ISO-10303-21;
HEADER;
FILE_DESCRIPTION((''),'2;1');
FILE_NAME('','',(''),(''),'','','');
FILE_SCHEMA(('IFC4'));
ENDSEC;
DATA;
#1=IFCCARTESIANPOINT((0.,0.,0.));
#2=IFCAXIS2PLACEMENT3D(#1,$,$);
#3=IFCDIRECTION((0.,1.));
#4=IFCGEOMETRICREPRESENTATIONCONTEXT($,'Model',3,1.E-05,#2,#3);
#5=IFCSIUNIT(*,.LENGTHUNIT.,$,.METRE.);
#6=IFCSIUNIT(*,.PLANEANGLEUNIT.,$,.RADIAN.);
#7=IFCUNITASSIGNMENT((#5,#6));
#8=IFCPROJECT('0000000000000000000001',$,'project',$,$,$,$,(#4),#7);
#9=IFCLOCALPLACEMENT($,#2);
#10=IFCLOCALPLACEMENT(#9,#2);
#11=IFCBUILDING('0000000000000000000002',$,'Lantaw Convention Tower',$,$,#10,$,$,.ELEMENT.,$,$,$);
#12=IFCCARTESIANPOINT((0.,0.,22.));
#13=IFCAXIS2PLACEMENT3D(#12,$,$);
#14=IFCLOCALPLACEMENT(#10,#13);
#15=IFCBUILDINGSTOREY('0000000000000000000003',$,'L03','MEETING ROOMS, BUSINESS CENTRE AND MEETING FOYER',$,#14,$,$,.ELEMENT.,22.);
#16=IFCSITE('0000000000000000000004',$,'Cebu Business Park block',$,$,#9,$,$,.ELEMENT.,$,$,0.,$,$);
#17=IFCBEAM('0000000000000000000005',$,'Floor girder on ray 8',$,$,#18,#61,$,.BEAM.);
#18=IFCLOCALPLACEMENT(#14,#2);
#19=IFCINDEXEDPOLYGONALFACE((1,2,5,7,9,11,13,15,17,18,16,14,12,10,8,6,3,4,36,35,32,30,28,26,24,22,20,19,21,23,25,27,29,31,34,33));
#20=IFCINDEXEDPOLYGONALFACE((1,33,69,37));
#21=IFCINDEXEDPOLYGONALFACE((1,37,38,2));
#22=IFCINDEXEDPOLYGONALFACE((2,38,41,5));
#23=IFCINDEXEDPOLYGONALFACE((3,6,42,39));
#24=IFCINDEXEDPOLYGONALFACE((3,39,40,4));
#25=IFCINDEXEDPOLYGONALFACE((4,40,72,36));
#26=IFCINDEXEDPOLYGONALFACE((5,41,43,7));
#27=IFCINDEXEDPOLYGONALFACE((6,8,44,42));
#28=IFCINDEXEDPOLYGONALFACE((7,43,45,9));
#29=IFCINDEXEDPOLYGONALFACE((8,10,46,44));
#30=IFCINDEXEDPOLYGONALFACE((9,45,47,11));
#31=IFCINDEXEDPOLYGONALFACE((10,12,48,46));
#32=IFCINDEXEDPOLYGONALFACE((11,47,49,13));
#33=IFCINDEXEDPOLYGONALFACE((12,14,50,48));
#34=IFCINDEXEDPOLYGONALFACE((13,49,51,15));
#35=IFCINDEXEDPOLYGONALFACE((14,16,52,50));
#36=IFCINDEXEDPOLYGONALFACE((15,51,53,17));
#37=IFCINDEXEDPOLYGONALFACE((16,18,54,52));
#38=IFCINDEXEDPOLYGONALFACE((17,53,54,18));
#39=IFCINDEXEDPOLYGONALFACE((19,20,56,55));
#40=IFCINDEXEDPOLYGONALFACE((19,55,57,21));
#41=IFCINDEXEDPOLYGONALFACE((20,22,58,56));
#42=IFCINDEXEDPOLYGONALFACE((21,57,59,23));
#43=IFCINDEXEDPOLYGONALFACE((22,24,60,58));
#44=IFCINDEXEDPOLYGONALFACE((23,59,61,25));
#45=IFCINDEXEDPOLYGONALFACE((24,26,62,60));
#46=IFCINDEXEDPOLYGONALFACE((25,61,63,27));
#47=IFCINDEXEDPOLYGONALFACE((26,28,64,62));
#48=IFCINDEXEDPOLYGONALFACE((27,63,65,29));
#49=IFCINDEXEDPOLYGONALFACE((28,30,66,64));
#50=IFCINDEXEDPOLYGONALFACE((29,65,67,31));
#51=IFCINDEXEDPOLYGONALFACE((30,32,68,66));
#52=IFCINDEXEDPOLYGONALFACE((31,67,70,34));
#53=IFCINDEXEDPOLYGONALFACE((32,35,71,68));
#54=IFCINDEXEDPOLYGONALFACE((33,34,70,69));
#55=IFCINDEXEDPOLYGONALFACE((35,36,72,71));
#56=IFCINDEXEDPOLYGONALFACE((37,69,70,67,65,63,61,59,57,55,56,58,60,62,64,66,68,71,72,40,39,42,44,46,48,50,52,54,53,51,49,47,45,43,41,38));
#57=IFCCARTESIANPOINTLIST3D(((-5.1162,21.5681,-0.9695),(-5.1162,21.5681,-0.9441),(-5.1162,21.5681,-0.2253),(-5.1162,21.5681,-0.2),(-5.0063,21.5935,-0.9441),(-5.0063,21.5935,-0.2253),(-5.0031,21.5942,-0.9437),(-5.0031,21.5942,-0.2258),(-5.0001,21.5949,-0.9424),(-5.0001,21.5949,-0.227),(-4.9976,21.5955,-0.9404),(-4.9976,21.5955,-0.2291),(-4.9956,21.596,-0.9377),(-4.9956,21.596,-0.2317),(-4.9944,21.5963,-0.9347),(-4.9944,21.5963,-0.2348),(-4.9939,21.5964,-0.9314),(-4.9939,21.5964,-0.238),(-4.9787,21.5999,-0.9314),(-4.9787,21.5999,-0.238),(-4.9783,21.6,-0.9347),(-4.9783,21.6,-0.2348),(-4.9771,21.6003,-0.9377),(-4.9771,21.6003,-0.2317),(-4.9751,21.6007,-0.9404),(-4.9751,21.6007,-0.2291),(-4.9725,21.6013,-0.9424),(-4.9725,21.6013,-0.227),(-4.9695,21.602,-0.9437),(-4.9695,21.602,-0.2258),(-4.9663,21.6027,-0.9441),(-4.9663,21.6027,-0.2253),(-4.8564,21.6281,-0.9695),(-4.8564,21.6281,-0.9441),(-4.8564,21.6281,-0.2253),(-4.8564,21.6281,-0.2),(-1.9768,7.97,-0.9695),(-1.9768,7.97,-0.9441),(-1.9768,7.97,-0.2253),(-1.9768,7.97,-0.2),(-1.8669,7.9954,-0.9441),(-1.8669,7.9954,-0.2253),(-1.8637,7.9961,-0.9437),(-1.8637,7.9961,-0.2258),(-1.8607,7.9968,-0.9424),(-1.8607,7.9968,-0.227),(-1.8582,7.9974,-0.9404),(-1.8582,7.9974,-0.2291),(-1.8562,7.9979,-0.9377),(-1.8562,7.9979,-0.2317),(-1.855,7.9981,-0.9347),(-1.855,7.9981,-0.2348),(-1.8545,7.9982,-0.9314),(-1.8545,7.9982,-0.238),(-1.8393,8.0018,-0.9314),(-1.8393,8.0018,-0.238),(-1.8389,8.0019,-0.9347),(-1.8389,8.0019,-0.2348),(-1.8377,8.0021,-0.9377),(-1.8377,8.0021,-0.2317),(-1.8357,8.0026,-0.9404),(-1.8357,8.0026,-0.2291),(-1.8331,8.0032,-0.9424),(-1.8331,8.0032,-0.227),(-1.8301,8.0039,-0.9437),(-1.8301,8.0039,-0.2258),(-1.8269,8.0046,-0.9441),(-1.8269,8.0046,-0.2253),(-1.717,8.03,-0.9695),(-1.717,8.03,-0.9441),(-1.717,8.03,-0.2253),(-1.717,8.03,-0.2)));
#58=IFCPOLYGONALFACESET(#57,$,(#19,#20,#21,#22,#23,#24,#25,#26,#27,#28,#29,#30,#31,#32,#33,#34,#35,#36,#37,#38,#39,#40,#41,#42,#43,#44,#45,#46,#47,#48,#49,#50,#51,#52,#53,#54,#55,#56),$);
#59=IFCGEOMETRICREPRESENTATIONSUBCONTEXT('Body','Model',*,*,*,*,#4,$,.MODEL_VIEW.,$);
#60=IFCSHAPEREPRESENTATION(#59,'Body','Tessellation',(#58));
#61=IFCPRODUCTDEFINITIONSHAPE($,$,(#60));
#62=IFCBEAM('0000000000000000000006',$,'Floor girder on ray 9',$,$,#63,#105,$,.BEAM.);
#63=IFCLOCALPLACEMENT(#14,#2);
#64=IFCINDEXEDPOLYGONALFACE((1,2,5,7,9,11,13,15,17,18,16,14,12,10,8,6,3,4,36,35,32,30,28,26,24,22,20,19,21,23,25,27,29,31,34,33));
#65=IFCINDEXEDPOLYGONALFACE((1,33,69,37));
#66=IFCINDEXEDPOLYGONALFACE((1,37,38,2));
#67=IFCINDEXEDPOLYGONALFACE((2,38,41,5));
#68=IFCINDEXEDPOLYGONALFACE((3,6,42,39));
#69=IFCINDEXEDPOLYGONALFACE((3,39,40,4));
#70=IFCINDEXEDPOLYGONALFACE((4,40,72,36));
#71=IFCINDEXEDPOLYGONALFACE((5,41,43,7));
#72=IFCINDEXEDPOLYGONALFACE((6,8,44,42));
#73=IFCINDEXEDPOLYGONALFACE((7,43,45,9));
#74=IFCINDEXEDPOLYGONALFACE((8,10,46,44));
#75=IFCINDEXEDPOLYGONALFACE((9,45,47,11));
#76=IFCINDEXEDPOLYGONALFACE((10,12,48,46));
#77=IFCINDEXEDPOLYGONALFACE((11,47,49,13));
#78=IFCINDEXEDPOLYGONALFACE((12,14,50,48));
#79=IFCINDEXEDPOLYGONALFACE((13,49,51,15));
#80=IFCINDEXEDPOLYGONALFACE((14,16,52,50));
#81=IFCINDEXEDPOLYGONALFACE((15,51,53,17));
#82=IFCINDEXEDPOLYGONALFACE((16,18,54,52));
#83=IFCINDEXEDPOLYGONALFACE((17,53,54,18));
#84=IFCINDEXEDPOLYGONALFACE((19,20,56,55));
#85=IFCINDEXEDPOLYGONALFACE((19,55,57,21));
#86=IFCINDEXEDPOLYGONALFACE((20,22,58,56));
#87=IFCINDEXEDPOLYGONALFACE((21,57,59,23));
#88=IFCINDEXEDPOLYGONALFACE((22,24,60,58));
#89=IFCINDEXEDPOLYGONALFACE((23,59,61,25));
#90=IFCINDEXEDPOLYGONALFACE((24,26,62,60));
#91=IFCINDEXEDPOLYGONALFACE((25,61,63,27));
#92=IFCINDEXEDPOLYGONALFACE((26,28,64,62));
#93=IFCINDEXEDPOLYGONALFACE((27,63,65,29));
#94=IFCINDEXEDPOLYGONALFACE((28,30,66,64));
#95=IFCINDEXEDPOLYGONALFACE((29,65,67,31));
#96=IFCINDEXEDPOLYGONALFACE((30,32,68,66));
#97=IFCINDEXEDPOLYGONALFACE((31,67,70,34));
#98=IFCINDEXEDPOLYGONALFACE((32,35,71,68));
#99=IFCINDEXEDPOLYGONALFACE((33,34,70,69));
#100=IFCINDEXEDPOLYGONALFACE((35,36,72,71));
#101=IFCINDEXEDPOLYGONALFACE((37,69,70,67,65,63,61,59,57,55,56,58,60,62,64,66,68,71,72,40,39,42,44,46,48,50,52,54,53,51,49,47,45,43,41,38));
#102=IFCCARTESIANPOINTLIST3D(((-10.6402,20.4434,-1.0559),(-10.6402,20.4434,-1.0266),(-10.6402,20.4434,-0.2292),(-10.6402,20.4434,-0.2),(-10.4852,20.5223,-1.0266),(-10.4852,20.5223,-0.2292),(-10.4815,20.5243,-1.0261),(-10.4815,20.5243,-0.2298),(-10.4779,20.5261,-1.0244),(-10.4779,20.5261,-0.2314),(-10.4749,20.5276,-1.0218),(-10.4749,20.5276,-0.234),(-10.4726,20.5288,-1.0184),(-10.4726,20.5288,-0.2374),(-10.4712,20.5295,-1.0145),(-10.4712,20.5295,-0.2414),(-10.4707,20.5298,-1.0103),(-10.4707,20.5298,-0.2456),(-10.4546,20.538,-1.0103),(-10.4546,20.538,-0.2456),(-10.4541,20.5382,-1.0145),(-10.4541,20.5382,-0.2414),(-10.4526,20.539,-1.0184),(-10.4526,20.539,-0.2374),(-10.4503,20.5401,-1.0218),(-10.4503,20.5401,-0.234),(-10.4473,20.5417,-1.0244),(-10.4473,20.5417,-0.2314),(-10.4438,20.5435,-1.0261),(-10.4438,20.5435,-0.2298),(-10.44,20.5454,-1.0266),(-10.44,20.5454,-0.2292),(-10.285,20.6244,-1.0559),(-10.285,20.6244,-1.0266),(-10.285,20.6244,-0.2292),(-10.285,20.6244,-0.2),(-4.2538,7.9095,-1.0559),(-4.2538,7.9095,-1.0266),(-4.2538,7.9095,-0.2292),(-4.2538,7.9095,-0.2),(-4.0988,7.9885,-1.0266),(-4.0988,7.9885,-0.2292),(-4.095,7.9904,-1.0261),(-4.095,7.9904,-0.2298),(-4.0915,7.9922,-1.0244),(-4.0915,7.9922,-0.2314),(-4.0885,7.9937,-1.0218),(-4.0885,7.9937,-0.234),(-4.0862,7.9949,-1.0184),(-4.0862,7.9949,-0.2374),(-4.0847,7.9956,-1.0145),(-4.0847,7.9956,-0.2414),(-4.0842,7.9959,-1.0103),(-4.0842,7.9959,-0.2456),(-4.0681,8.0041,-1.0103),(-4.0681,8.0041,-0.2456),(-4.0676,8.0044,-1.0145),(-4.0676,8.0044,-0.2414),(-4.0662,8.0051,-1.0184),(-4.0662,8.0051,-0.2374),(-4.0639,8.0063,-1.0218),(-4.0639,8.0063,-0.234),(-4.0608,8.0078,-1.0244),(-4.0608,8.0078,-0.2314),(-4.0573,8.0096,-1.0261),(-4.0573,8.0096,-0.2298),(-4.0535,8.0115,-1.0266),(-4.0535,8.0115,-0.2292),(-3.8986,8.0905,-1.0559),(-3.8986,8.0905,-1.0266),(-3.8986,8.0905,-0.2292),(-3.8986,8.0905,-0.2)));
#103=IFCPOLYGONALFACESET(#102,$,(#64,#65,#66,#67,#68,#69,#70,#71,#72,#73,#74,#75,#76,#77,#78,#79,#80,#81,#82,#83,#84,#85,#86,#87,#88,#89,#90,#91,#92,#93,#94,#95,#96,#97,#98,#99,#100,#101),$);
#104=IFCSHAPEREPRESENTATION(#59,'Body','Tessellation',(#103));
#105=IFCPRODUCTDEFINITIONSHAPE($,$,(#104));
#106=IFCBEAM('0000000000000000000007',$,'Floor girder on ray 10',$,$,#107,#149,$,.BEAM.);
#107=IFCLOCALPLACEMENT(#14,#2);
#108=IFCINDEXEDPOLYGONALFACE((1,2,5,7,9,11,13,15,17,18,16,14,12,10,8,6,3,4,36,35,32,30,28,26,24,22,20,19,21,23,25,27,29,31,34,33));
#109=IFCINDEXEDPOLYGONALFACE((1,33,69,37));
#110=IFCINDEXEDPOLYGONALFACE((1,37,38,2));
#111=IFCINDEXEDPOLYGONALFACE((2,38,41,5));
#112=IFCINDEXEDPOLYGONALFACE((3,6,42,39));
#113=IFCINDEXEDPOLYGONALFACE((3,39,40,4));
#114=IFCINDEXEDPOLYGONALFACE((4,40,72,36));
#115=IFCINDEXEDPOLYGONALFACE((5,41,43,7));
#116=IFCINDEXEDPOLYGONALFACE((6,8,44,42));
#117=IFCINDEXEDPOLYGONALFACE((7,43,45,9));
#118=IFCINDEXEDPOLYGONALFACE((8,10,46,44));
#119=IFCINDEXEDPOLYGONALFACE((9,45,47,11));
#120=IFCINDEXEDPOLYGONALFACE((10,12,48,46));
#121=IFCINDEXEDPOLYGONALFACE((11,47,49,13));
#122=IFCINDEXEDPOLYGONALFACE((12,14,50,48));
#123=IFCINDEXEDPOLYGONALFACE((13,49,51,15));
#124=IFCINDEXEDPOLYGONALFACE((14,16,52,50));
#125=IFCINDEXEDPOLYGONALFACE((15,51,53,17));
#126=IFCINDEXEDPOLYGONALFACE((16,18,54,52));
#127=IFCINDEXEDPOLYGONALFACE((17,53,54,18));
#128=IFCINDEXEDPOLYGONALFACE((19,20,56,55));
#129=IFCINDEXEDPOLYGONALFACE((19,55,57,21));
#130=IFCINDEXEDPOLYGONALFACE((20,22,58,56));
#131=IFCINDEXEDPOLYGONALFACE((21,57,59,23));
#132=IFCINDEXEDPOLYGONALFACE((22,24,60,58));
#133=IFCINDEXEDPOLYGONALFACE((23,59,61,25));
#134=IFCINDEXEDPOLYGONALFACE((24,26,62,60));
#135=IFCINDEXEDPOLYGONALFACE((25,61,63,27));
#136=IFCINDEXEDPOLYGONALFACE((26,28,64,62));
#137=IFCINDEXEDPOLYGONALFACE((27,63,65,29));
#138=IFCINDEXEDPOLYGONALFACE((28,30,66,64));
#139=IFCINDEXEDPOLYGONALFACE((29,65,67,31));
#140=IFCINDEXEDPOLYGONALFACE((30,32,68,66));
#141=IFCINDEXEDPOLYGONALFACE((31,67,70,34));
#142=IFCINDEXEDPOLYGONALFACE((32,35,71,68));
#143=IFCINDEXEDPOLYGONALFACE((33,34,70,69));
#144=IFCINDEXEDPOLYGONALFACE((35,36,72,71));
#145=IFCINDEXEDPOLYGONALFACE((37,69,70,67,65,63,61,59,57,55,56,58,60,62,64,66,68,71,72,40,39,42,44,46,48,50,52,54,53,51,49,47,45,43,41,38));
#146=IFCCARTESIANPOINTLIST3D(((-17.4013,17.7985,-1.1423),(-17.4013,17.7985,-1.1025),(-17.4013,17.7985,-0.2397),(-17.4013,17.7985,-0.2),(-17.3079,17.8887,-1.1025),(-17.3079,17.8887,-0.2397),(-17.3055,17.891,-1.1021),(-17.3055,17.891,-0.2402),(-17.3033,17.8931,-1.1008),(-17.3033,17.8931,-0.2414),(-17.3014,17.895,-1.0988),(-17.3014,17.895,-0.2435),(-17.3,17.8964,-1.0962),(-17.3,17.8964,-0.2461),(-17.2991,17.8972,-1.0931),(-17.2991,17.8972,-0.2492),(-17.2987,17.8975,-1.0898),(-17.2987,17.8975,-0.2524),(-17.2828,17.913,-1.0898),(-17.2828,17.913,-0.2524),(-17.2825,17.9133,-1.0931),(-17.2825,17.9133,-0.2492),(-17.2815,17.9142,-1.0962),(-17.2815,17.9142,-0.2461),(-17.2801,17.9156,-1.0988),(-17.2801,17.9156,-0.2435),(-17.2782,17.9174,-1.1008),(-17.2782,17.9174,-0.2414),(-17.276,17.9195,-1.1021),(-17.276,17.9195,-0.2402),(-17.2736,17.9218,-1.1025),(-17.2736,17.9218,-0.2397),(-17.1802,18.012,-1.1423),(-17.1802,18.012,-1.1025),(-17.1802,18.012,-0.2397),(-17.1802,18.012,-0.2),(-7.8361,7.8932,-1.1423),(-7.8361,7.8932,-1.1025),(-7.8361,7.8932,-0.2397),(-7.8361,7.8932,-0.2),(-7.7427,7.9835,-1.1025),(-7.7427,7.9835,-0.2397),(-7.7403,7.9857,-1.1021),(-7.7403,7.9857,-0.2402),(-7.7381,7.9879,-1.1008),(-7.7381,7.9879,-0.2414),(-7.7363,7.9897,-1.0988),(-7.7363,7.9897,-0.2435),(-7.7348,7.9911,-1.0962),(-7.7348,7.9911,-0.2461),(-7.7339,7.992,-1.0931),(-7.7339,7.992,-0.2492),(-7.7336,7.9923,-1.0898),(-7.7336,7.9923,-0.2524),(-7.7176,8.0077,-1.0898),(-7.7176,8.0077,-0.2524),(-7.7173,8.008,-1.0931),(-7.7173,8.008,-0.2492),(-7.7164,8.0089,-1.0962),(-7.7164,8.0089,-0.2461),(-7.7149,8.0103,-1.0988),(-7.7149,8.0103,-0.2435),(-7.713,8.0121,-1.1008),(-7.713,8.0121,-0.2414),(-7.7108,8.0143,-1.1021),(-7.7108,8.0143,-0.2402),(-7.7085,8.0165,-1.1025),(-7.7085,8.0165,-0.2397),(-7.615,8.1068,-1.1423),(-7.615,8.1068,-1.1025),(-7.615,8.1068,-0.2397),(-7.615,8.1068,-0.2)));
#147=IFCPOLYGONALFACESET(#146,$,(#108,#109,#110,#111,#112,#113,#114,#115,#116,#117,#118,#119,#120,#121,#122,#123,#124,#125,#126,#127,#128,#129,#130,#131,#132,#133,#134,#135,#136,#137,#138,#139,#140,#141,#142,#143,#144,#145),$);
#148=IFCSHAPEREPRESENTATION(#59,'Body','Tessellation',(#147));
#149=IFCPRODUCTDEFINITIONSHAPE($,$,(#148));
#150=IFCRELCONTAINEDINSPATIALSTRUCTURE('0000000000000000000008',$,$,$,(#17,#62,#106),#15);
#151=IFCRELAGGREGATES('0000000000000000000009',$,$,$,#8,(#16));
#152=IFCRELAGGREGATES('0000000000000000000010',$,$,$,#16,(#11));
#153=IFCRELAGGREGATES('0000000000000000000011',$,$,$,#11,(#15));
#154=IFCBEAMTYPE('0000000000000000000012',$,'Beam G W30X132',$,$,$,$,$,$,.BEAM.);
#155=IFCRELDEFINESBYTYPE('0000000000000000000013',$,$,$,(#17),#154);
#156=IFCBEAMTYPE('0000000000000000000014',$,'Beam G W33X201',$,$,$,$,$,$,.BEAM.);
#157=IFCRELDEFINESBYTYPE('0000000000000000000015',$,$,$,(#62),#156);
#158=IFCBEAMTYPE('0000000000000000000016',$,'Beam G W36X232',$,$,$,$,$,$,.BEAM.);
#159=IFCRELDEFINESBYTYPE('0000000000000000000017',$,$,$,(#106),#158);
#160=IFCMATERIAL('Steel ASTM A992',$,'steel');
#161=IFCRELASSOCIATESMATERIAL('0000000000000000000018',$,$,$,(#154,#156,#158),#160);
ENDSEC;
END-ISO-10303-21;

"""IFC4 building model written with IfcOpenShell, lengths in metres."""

from ifc_helpers import new_model, si_unit, direction, frame, origin, origin_2d, place, context, subcontext, project, spatial, i_section, extrude, material, material_profile, profile_set, type_object, element, save


model = new_model("IFC4")

# Units and contexts
model_context = context("Model", 3, precision=1e-05, world=origin(), true_north=direction((0.0, 1.0)))
body_context = subcontext(model_context, "Body", "Model", "MODEL_VIEW")
ifc_project = project(units=[si_unit("LENGTHUNIT", "METRE"), si_unit("PLANEANGLEUNIT", "RADIAN")], contexts=[model_context])

# Site, building, storey
site_placement = place(None, origin())
site = spatial("IfcSite", under=ifc_project, at=site_placement, Name="Cebu Business Park block", CompositionType="ELEMENT", RefElevation=0.0)
building_placement = place(site_placement, origin())
building = spatial("IfcBuilding", under=site, at=building_placement, Name="Lantaw Convention Tower", CompositionType="ELEMENT")
storey_placement = place(building_placement, frame((0.0, 0.0, 22.0)))
storey = spatial("IfcBuildingStorey", under=building, at=storey_placement, Name="L03", Description="MEETING ROOMS, BUSINESS CENTRE AND MEETING FOYER", CompositionType="ELEMENT", Elevation=22.0)

# Beams
ifc_material_1 = material(Name="Steel ASTM A992", Category="steel")
ifc_material_profile_1 = material_profile(ifc_material_1, i_section(OverallWidth=0.2666, OverallDepth=0.7695, WebThickness=0.0156, FlangeThickness=0.0254, FilletRadius=0.0127, at=origin_2d()), Name="W30X132")
ifc_profile_set_1 = profile_set([ifc_material_profile_1], Name="Steel ASTM A992")
beam_type_1 = type_object("IfcBeamType", Name="Beam G W30X132", PredefinedType="BEAM", material=ifc_profile_set_1)
beam_1_placement = place(storey_placement, frame((-1.8469, 8.0, -0.5847), z_axis=(-0.224953, 0.97437, 0.0), x_axis=(-0.97437, -0.224953, 0.0)))
element("IfcBeam", 1, at=beam_1_placement, inside=storey, type_object=beam_type_1, Name="Floor girder on ray 8", PredefinedType="BEAM", context=body_context, shape_type="SweptSolid", body=[
    extrude(i_section(OverallWidth=0.2666, OverallDepth=0.7695, WebThickness=0.0156, FlangeThickness=0.0254, FilletRadius=0.0127, at=origin_2d()), origin(), (0.0, 0.0, 1.0), 13.9558),
])
ifc_material_profile_2 = material_profile(ifc_material_1, i_section(OverallWidth=0.3987, OverallDepth=0.856, WebThickness=0.0181, FlangeThickness=0.0293, FilletRadius=0.0164, at=origin_2d()), Name="W33X201")
ifc_profile_set_2 = profile_set([ifc_material_profile_2], Name="Steel ASTM A992")
beam_type_2 = type_object("IfcBeamType", Name="Beam G W33X201", PredefinedType="BEAM", material=ifc_profile_set_2)
beam_2_placement = place(storey_placement, frame((-4.0762, 8.0, -0.6279), z_axis=(-0.453997, 0.891003, 0.0), x_axis=(-0.891003, -0.453997, 0.0)))
element("IfcBeam", 2, at=beam_2_placement, inside=storey, type_object=beam_type_2, Name="Floor girder on ray 9", PredefinedType="BEAM", context=body_context, shape_type="SweptSolid", body=[
    extrude(i_section(OverallWidth=0.3987, OverallDepth=0.856, WebThickness=0.0181, FlangeThickness=0.0293, FilletRadius=0.0164, at=origin_2d()), origin(), (0.0, 0.0, 1.0), 14.0671),
])
ifc_material_profile_3 = material_profile(ifc_material_1, i_section(OverallWidth=0.3074, OverallDepth=0.9424, WebThickness=0.0222, FlangeThickness=0.0398, FilletRadius=0.0127, at=origin_2d()), Name="W36X232")
ifc_profile_set_3 = profile_set([ifc_material_profile_3], Name="Steel ASTM A992")
beam_type_3 = type_object("IfcBeamType", Name="Beam G W36X232", PredefinedType="BEAM", material=ifc_profile_set_3)
beam_3_placement = place(storey_placement, frame((-7.7256, 8.0, -0.6711), z_axis=(-0.69465, 0.719348, 0.0), x_axis=(-0.719348, -0.69465, 0.0)))
element("IfcBeam", 3, at=beam_3_placement, inside=storey, type_object=beam_type_3, Name="Floor girder on ray 10", PredefinedType="BEAM", context=body_context, shape_type="SweptSolid", body=[
    extrude(i_section(OverallWidth=0.3074, OverallDepth=0.9424, WebThickness=0.0222, FlangeThickness=0.0398, FilletRadius=0.0127, at=origin_2d()), origin(), (0.0, 0.0, 1.0), 13.7698),
])

save(model, "model.ifc")
